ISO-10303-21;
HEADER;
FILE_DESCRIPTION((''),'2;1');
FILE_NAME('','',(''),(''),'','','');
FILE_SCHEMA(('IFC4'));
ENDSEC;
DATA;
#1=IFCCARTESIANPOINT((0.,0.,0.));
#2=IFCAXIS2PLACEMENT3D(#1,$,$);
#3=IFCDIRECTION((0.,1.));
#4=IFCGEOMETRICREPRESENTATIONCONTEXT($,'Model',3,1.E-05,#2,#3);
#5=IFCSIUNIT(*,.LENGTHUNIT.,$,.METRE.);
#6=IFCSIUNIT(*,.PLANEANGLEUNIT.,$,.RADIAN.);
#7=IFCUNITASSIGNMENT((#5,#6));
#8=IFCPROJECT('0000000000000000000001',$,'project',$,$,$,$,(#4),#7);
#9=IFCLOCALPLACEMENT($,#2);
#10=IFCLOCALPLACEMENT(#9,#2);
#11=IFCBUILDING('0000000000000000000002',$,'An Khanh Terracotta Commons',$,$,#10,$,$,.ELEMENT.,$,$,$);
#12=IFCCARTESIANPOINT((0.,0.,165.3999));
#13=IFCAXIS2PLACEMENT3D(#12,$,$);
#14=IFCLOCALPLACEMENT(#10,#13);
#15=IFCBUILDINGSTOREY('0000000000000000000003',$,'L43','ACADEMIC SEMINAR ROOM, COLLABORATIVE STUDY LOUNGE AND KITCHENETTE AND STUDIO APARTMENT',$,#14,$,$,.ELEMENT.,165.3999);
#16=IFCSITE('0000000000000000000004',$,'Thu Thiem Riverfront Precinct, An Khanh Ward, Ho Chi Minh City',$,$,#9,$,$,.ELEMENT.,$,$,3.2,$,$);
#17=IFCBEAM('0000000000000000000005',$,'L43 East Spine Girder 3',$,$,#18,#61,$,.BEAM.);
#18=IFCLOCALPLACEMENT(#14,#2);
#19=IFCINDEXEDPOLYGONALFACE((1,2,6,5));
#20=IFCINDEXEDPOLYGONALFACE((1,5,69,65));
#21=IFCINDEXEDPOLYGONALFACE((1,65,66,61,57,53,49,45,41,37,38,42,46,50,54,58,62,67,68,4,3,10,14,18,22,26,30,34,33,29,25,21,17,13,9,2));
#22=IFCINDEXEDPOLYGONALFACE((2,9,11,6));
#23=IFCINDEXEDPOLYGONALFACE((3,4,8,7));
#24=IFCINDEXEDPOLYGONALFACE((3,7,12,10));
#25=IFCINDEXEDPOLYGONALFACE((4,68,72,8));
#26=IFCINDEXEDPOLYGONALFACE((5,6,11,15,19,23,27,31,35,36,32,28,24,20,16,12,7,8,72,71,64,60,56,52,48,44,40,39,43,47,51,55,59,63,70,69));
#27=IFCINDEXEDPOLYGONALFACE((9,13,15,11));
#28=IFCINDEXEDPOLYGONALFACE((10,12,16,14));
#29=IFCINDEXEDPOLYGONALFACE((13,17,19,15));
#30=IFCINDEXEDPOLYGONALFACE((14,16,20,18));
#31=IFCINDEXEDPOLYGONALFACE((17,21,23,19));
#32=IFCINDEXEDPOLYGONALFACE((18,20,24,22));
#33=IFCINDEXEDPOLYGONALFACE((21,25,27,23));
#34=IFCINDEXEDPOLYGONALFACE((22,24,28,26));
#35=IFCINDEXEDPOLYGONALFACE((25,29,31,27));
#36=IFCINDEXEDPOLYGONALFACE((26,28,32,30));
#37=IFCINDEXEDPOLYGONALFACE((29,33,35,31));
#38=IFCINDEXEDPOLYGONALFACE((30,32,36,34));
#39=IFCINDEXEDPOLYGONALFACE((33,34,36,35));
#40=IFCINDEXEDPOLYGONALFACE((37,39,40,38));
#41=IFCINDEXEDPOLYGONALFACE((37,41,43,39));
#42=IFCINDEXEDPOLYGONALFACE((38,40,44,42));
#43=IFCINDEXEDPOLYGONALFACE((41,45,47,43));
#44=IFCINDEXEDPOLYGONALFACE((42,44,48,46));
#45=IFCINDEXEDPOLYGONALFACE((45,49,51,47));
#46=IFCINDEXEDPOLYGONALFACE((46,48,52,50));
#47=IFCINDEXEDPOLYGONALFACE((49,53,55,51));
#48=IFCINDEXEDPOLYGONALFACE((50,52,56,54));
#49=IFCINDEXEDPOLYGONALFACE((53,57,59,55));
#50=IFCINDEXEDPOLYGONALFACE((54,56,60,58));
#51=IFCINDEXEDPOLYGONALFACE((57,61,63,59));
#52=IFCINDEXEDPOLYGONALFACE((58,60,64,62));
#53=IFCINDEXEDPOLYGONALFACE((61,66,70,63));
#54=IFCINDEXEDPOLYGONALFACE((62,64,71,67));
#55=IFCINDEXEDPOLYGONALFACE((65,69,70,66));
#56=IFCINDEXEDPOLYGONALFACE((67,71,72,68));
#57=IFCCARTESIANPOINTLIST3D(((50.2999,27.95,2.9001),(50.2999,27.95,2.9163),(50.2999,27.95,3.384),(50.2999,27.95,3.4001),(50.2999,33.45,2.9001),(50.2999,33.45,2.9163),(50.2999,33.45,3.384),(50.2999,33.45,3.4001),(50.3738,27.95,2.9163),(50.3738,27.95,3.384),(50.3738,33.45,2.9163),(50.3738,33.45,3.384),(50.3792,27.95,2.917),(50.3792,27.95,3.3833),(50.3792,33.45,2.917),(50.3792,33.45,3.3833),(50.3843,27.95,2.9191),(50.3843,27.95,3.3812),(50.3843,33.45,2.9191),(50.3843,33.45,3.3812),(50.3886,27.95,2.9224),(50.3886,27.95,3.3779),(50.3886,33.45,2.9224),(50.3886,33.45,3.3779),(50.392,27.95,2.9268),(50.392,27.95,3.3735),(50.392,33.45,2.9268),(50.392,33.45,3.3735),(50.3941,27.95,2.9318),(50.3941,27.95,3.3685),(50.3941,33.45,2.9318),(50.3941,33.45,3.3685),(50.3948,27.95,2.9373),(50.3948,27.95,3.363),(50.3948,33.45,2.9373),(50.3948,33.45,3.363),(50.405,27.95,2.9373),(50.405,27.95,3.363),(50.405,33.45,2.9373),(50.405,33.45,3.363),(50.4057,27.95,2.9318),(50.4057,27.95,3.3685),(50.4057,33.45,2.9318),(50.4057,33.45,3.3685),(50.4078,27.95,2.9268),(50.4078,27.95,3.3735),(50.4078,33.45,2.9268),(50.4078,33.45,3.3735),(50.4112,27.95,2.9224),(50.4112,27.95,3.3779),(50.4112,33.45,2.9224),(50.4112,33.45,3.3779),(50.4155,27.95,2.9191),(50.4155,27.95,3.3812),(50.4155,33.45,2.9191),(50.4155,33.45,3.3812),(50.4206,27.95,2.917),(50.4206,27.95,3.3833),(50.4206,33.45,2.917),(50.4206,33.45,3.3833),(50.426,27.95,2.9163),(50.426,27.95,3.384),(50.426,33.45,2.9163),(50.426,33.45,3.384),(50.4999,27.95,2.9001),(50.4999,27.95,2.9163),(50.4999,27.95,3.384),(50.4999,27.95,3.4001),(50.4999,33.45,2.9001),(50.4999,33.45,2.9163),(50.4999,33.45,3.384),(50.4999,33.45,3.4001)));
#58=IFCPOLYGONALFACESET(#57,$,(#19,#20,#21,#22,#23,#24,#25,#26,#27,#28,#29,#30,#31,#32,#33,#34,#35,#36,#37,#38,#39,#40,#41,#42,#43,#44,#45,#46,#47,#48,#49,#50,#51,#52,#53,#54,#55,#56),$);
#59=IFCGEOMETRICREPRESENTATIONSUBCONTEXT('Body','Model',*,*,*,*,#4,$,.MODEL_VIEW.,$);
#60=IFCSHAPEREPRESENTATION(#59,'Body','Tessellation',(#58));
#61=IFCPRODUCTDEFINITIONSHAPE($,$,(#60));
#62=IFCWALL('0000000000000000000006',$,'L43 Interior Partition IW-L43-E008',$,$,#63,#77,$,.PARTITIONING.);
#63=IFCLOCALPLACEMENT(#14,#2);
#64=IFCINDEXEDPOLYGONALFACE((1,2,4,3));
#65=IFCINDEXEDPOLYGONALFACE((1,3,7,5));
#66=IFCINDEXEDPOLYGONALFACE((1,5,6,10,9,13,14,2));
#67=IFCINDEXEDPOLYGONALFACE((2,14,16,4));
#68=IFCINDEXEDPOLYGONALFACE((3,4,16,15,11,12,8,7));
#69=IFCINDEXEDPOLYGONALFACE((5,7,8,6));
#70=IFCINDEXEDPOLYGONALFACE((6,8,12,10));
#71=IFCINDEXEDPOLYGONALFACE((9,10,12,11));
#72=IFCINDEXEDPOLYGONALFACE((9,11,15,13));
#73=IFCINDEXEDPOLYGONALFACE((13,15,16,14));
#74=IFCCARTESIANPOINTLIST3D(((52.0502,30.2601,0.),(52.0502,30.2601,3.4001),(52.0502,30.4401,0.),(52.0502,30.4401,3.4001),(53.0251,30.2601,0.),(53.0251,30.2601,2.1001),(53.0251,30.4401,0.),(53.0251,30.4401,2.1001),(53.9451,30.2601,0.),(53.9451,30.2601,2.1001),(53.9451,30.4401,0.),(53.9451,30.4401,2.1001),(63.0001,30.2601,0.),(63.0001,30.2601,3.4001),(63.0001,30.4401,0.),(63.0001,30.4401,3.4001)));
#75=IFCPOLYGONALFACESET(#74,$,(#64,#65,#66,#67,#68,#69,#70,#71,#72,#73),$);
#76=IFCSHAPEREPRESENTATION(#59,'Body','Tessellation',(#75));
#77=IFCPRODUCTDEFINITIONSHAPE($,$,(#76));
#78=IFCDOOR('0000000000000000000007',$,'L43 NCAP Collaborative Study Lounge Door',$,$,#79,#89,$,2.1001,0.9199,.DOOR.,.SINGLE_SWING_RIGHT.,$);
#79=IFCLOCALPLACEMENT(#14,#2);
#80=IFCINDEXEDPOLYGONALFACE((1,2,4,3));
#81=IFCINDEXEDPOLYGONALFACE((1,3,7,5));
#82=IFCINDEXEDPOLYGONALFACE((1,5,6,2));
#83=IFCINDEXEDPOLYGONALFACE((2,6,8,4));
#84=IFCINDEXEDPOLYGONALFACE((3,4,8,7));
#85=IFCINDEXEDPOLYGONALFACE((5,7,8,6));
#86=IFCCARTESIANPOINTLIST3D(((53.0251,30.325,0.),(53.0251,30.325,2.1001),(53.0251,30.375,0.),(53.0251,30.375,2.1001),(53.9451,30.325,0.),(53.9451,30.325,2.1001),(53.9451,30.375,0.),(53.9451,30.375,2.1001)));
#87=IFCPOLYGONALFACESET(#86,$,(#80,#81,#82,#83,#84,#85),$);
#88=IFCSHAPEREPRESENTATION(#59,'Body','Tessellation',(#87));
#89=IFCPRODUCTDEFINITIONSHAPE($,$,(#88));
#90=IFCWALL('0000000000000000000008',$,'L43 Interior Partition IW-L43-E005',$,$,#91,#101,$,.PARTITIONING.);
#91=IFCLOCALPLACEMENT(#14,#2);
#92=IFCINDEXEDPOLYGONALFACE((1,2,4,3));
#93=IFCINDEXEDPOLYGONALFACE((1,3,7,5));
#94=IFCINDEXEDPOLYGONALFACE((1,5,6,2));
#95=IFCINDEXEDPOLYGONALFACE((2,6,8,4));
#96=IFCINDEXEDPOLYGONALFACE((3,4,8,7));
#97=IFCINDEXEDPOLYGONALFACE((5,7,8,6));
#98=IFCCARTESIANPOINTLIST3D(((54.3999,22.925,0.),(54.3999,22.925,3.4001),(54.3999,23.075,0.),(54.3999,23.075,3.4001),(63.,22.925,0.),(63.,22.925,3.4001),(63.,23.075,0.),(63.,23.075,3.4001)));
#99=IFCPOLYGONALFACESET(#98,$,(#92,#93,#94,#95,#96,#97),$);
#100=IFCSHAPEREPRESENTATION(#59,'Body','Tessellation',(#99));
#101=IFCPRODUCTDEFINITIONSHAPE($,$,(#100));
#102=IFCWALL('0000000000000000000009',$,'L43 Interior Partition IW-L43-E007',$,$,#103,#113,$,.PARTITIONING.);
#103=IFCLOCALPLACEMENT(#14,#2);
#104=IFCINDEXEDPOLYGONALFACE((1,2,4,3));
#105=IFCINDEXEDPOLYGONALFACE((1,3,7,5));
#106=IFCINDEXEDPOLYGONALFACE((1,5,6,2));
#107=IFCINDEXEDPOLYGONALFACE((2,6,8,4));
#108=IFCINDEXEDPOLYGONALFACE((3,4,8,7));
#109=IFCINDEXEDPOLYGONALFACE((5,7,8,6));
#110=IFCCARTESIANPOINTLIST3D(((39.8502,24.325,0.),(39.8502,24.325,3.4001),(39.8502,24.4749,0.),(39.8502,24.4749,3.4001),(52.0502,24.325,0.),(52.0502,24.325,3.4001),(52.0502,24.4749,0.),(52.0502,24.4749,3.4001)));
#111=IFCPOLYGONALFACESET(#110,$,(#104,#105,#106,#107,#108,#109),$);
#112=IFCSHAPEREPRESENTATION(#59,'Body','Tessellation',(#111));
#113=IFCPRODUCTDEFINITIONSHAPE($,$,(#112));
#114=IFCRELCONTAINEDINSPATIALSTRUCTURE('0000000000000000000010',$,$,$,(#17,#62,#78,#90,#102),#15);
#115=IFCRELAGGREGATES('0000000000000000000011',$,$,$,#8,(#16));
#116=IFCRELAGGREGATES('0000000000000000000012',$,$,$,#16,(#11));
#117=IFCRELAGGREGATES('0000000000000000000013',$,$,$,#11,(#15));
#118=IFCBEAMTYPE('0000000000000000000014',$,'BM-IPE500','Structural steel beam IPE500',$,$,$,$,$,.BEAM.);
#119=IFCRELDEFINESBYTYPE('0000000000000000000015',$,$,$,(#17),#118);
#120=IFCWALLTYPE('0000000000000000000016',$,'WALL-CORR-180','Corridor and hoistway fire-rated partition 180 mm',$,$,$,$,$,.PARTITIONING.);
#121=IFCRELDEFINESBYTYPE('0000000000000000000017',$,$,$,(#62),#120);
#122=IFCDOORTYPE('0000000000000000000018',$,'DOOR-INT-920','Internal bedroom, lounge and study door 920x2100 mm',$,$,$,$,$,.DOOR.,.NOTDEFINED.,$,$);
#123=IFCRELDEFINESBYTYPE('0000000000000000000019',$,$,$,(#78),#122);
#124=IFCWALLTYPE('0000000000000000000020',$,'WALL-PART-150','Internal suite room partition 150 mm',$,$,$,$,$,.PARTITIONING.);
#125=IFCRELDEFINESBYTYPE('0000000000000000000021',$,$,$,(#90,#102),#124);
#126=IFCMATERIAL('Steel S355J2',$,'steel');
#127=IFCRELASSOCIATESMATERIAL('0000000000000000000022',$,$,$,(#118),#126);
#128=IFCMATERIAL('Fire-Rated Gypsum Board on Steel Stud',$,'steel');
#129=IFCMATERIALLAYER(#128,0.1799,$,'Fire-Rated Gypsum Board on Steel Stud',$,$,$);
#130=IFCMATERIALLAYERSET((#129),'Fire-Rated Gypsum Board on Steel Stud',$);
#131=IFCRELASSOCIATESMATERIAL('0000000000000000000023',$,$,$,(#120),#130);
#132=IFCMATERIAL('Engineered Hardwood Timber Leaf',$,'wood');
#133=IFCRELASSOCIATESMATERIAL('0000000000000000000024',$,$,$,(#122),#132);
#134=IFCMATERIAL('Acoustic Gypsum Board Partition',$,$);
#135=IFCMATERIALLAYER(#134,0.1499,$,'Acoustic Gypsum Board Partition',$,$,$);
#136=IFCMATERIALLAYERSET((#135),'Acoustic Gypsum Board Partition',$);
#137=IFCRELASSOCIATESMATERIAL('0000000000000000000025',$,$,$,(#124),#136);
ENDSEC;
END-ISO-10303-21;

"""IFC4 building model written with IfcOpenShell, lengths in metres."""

from ifc_helpers import new_model, si_unit, direction, frame, frame_2d, origin, origin_2d, place, context, subcontext, project, spatial, rectangle, i_section, extrude, material, layer, layer_set, material_profile, profile_set, type_object, element, fill, save


model = new_model("IFC4")

# Units and contexts
model_context = context("Model", 3, precision=1e-05, world=origin(), true_north=direction((0.0, 1.0)))
body_context = subcontext(model_context, "Body", "Model", "MODEL_VIEW")
ifc_project = project(units=[si_unit("LENGTHUNIT", "METRE"), si_unit("PLANEANGLEUNIT", "RADIAN")], contexts=[model_context])

# Site, building, storey
site_placement = place(None, origin())
site = spatial("IfcSite", under=ifc_project, at=site_placement, Name="Thu Thiem Riverfront Precinct, An Khanh Ward, Ho Chi Minh City", CompositionType="ELEMENT", RefElevation=3.2)
building_placement = place(site_placement, origin())
building = spatial("IfcBuilding", under=site, at=building_placement, Name="An Khanh Terracotta Commons", CompositionType="ELEMENT")
storey_placement = place(building_placement, frame((0.0, 0.0, 165.3999)))
storey = spatial("IfcBuildingStorey", under=building, at=storey_placement, Name="L43", Description="ACADEMIC SEMINAR ROOM, COLLABORATIVE STUDY LOUNGE AND KITCHENETTE AND STUDIO APARTMENT", CompositionType="ELEMENT", Elevation=165.3999)

# Beam
ifc_material_1 = material(Name="Steel S355J2", Category="steel")
ifc_material_profile_1 = material_profile(ifc_material_1, i_section(OverallWidth=0.2, OverallDepth=0.5, WebThickness=0.0103, FlangeThickness=0.0161, FilletRadius=0.021, at=origin_2d()), Name="IPE500")
ifc_profile_set_1 = profile_set([ifc_material_profile_1], Name="Steel S355J2")
beam_type_1 = type_object("IfcBeamType", Name="BM-IPE500", Description="Structural steel beam IPE500", PredefinedType="BEAM", material=ifc_profile_set_1)
beam_1_placement = place(storey_placement, frame((50.3999, 27.95, 3.1501), z_axis=(0.0, 1.0, 0.0), x_axis=(-1.0, 0.0, 0.0)))
element("IfcBeam", 1, at=beam_1_placement, inside=storey, type_object=beam_type_1, Name="L43 East Spine Girder 3", PredefinedType="BEAM", context=body_context, shape_type="SweptSolid", body=[
    extrude(i_section(OverallWidth=0.2, OverallDepth=0.5, WebThickness=0.0103, FlangeThickness=0.0161, FilletRadius=0.021, at=origin_2d()), origin(), (0.0, 0.0, 1.0), 5.5),
])

# Wall, opening, door
ifc_material_2 = material(Name="Fire-Rated Gypsum Board on Steel Stud", Category="steel")
ifc_layer_1 = layer(ifc_material_2, 0.1799, Name="Fire-Rated Gypsum Board on Steel Stud")
ifc_layer_set_1 = layer_set([ifc_layer_1], Name="Fire-Rated Gypsum Board on Steel Stud")
wall_type_1 = type_object("IfcWallType", Name="WALL-CORR-180", Description="Corridor and hoistway fire-rated partition 180 mm", PredefinedType="PARTITIONING", material=ifc_layer_set_1)
wall_1_placement = place(storey_placement, frame((52.05, 30.3501, 0.0), z_axis=(0.0, 0.0, 1.0), x_axis=(1.0, 0.0, 0.0)))
wall_1 = element("IfcWall", 2, at=wall_1_placement, inside=storey, type_object=wall_type_1, Name="L43 Interior Partition IW-L43-E008", PredefinedType="PARTITIONING", context=body_context, shape_type="SweptSolid", body=[
    extrude(rectangle(XDim=10.95, YDim=0.1799, at=frame_2d((5.4751, 0.0))), origin(), (0.0, 0.0, 1.0), 3.4001),
])
opening_placement = place(wall_1_placement, frame((0.9751, 0.0, 0.0)))
opening = element("IfcOpeningElement", 3, at=opening_placement, cuts=wall_1, PredefinedType="OPENING", context=body_context, shape_type="SweptSolid", body=[
    extrude(rectangle(XDim=0.9199, YDim=2.1001, at=frame_2d((0.46, 1.05))), frame((0.0, 0.0999, 0.0), z_axis=(0.0, -1.0, 0.0), x_axis=(1.0, 0.0, 0.0)), (0.0, 0.0, 1.0), 0.2),
])
ifc_material_3 = material(Name="Engineered Hardwood Timber Leaf", Category="wood")
door_type = type_object("IfcDoorType", Name="DOOR-INT-920", Description="Internal bedroom, lounge and study door 920x2100 mm", OperationType="NOTDEFINED", PredefinedType="DOOR", material=ifc_material_3)
door_placement = place(opening_placement, origin())
door = element("IfcDoor", 4, at=door_placement, inside=storey, type_object=door_type, Name="L43 NCAP Collaborative Study Lounge Door", OperationType="SINGLE_SWING_RIGHT", OverallHeight=2.1001, OverallWidth=0.9199, PredefinedType="DOOR", context=body_context, shape_type="SweptSolid", body=[
    extrude(rectangle(XDim=0.9199, YDim=2.1001, at=frame_2d((0.46, 1.05))), frame((0.0, 0.0249, 0.0), z_axis=(0.0, -1.0, 0.0), x_axis=(1.0, 0.0, 0.0)), (0.0, 0.0, 1.0), 0.05),
])
fill(opening, door)

# Walls
ifc_material_4 = material(Name="Acoustic Gypsum Board Partition")
ifc_layer_2 = layer(ifc_material_4, 0.1499, Name="Acoustic Gypsum Board Partition")
ifc_layer_set_2 = layer_set([ifc_layer_2], Name="Acoustic Gypsum Board Partition")
wall_type_2 = type_object("IfcWallType", Name="WALL-PART-150", Description="Internal suite room partition 150 mm", PredefinedType="PARTITIONING", material=ifc_layer_set_2)
wall_2_placement = place(storey_placement, frame((54.3999, 23.0, 0.0), z_axis=(0.0, 0.0, 1.0), x_axis=(1.0, 0.0, 0.0)))
element("IfcWall", 5, at=wall_2_placement, inside=storey, type_object=wall_type_2, Name="L43 Interior Partition IW-L43-E005", PredefinedType="PARTITIONING", context=body_context, shape_type="SweptSolid", body=[
    extrude(rectangle(XDim=8.6001, YDim=0.1499, at=frame_2d((4.3, 0.0))), origin(), (0.0, 0.0, 1.0), 3.4001),
])
wall_3_placement = place(storey_placement, frame((39.8501, 24.3999, 0.0), z_axis=(0.0, 0.0, 1.0), x_axis=(1.0, 0.0, 0.0)))
element("IfcWall", 6, at=wall_3_placement, inside=storey, type_object=wall_type_2, Name="L43 Interior Partition IW-L43-E007", PredefinedType="PARTITIONING", context=body_context, shape_type="SweptSolid", body=[
    extrude(rectangle(XDim=12.2, YDim=0.1499, at=frame_2d((6.1001, 0.0))), origin(), (0.0, 0.0, 1.0), 3.4001),
])

save(model, "model.ifc")
